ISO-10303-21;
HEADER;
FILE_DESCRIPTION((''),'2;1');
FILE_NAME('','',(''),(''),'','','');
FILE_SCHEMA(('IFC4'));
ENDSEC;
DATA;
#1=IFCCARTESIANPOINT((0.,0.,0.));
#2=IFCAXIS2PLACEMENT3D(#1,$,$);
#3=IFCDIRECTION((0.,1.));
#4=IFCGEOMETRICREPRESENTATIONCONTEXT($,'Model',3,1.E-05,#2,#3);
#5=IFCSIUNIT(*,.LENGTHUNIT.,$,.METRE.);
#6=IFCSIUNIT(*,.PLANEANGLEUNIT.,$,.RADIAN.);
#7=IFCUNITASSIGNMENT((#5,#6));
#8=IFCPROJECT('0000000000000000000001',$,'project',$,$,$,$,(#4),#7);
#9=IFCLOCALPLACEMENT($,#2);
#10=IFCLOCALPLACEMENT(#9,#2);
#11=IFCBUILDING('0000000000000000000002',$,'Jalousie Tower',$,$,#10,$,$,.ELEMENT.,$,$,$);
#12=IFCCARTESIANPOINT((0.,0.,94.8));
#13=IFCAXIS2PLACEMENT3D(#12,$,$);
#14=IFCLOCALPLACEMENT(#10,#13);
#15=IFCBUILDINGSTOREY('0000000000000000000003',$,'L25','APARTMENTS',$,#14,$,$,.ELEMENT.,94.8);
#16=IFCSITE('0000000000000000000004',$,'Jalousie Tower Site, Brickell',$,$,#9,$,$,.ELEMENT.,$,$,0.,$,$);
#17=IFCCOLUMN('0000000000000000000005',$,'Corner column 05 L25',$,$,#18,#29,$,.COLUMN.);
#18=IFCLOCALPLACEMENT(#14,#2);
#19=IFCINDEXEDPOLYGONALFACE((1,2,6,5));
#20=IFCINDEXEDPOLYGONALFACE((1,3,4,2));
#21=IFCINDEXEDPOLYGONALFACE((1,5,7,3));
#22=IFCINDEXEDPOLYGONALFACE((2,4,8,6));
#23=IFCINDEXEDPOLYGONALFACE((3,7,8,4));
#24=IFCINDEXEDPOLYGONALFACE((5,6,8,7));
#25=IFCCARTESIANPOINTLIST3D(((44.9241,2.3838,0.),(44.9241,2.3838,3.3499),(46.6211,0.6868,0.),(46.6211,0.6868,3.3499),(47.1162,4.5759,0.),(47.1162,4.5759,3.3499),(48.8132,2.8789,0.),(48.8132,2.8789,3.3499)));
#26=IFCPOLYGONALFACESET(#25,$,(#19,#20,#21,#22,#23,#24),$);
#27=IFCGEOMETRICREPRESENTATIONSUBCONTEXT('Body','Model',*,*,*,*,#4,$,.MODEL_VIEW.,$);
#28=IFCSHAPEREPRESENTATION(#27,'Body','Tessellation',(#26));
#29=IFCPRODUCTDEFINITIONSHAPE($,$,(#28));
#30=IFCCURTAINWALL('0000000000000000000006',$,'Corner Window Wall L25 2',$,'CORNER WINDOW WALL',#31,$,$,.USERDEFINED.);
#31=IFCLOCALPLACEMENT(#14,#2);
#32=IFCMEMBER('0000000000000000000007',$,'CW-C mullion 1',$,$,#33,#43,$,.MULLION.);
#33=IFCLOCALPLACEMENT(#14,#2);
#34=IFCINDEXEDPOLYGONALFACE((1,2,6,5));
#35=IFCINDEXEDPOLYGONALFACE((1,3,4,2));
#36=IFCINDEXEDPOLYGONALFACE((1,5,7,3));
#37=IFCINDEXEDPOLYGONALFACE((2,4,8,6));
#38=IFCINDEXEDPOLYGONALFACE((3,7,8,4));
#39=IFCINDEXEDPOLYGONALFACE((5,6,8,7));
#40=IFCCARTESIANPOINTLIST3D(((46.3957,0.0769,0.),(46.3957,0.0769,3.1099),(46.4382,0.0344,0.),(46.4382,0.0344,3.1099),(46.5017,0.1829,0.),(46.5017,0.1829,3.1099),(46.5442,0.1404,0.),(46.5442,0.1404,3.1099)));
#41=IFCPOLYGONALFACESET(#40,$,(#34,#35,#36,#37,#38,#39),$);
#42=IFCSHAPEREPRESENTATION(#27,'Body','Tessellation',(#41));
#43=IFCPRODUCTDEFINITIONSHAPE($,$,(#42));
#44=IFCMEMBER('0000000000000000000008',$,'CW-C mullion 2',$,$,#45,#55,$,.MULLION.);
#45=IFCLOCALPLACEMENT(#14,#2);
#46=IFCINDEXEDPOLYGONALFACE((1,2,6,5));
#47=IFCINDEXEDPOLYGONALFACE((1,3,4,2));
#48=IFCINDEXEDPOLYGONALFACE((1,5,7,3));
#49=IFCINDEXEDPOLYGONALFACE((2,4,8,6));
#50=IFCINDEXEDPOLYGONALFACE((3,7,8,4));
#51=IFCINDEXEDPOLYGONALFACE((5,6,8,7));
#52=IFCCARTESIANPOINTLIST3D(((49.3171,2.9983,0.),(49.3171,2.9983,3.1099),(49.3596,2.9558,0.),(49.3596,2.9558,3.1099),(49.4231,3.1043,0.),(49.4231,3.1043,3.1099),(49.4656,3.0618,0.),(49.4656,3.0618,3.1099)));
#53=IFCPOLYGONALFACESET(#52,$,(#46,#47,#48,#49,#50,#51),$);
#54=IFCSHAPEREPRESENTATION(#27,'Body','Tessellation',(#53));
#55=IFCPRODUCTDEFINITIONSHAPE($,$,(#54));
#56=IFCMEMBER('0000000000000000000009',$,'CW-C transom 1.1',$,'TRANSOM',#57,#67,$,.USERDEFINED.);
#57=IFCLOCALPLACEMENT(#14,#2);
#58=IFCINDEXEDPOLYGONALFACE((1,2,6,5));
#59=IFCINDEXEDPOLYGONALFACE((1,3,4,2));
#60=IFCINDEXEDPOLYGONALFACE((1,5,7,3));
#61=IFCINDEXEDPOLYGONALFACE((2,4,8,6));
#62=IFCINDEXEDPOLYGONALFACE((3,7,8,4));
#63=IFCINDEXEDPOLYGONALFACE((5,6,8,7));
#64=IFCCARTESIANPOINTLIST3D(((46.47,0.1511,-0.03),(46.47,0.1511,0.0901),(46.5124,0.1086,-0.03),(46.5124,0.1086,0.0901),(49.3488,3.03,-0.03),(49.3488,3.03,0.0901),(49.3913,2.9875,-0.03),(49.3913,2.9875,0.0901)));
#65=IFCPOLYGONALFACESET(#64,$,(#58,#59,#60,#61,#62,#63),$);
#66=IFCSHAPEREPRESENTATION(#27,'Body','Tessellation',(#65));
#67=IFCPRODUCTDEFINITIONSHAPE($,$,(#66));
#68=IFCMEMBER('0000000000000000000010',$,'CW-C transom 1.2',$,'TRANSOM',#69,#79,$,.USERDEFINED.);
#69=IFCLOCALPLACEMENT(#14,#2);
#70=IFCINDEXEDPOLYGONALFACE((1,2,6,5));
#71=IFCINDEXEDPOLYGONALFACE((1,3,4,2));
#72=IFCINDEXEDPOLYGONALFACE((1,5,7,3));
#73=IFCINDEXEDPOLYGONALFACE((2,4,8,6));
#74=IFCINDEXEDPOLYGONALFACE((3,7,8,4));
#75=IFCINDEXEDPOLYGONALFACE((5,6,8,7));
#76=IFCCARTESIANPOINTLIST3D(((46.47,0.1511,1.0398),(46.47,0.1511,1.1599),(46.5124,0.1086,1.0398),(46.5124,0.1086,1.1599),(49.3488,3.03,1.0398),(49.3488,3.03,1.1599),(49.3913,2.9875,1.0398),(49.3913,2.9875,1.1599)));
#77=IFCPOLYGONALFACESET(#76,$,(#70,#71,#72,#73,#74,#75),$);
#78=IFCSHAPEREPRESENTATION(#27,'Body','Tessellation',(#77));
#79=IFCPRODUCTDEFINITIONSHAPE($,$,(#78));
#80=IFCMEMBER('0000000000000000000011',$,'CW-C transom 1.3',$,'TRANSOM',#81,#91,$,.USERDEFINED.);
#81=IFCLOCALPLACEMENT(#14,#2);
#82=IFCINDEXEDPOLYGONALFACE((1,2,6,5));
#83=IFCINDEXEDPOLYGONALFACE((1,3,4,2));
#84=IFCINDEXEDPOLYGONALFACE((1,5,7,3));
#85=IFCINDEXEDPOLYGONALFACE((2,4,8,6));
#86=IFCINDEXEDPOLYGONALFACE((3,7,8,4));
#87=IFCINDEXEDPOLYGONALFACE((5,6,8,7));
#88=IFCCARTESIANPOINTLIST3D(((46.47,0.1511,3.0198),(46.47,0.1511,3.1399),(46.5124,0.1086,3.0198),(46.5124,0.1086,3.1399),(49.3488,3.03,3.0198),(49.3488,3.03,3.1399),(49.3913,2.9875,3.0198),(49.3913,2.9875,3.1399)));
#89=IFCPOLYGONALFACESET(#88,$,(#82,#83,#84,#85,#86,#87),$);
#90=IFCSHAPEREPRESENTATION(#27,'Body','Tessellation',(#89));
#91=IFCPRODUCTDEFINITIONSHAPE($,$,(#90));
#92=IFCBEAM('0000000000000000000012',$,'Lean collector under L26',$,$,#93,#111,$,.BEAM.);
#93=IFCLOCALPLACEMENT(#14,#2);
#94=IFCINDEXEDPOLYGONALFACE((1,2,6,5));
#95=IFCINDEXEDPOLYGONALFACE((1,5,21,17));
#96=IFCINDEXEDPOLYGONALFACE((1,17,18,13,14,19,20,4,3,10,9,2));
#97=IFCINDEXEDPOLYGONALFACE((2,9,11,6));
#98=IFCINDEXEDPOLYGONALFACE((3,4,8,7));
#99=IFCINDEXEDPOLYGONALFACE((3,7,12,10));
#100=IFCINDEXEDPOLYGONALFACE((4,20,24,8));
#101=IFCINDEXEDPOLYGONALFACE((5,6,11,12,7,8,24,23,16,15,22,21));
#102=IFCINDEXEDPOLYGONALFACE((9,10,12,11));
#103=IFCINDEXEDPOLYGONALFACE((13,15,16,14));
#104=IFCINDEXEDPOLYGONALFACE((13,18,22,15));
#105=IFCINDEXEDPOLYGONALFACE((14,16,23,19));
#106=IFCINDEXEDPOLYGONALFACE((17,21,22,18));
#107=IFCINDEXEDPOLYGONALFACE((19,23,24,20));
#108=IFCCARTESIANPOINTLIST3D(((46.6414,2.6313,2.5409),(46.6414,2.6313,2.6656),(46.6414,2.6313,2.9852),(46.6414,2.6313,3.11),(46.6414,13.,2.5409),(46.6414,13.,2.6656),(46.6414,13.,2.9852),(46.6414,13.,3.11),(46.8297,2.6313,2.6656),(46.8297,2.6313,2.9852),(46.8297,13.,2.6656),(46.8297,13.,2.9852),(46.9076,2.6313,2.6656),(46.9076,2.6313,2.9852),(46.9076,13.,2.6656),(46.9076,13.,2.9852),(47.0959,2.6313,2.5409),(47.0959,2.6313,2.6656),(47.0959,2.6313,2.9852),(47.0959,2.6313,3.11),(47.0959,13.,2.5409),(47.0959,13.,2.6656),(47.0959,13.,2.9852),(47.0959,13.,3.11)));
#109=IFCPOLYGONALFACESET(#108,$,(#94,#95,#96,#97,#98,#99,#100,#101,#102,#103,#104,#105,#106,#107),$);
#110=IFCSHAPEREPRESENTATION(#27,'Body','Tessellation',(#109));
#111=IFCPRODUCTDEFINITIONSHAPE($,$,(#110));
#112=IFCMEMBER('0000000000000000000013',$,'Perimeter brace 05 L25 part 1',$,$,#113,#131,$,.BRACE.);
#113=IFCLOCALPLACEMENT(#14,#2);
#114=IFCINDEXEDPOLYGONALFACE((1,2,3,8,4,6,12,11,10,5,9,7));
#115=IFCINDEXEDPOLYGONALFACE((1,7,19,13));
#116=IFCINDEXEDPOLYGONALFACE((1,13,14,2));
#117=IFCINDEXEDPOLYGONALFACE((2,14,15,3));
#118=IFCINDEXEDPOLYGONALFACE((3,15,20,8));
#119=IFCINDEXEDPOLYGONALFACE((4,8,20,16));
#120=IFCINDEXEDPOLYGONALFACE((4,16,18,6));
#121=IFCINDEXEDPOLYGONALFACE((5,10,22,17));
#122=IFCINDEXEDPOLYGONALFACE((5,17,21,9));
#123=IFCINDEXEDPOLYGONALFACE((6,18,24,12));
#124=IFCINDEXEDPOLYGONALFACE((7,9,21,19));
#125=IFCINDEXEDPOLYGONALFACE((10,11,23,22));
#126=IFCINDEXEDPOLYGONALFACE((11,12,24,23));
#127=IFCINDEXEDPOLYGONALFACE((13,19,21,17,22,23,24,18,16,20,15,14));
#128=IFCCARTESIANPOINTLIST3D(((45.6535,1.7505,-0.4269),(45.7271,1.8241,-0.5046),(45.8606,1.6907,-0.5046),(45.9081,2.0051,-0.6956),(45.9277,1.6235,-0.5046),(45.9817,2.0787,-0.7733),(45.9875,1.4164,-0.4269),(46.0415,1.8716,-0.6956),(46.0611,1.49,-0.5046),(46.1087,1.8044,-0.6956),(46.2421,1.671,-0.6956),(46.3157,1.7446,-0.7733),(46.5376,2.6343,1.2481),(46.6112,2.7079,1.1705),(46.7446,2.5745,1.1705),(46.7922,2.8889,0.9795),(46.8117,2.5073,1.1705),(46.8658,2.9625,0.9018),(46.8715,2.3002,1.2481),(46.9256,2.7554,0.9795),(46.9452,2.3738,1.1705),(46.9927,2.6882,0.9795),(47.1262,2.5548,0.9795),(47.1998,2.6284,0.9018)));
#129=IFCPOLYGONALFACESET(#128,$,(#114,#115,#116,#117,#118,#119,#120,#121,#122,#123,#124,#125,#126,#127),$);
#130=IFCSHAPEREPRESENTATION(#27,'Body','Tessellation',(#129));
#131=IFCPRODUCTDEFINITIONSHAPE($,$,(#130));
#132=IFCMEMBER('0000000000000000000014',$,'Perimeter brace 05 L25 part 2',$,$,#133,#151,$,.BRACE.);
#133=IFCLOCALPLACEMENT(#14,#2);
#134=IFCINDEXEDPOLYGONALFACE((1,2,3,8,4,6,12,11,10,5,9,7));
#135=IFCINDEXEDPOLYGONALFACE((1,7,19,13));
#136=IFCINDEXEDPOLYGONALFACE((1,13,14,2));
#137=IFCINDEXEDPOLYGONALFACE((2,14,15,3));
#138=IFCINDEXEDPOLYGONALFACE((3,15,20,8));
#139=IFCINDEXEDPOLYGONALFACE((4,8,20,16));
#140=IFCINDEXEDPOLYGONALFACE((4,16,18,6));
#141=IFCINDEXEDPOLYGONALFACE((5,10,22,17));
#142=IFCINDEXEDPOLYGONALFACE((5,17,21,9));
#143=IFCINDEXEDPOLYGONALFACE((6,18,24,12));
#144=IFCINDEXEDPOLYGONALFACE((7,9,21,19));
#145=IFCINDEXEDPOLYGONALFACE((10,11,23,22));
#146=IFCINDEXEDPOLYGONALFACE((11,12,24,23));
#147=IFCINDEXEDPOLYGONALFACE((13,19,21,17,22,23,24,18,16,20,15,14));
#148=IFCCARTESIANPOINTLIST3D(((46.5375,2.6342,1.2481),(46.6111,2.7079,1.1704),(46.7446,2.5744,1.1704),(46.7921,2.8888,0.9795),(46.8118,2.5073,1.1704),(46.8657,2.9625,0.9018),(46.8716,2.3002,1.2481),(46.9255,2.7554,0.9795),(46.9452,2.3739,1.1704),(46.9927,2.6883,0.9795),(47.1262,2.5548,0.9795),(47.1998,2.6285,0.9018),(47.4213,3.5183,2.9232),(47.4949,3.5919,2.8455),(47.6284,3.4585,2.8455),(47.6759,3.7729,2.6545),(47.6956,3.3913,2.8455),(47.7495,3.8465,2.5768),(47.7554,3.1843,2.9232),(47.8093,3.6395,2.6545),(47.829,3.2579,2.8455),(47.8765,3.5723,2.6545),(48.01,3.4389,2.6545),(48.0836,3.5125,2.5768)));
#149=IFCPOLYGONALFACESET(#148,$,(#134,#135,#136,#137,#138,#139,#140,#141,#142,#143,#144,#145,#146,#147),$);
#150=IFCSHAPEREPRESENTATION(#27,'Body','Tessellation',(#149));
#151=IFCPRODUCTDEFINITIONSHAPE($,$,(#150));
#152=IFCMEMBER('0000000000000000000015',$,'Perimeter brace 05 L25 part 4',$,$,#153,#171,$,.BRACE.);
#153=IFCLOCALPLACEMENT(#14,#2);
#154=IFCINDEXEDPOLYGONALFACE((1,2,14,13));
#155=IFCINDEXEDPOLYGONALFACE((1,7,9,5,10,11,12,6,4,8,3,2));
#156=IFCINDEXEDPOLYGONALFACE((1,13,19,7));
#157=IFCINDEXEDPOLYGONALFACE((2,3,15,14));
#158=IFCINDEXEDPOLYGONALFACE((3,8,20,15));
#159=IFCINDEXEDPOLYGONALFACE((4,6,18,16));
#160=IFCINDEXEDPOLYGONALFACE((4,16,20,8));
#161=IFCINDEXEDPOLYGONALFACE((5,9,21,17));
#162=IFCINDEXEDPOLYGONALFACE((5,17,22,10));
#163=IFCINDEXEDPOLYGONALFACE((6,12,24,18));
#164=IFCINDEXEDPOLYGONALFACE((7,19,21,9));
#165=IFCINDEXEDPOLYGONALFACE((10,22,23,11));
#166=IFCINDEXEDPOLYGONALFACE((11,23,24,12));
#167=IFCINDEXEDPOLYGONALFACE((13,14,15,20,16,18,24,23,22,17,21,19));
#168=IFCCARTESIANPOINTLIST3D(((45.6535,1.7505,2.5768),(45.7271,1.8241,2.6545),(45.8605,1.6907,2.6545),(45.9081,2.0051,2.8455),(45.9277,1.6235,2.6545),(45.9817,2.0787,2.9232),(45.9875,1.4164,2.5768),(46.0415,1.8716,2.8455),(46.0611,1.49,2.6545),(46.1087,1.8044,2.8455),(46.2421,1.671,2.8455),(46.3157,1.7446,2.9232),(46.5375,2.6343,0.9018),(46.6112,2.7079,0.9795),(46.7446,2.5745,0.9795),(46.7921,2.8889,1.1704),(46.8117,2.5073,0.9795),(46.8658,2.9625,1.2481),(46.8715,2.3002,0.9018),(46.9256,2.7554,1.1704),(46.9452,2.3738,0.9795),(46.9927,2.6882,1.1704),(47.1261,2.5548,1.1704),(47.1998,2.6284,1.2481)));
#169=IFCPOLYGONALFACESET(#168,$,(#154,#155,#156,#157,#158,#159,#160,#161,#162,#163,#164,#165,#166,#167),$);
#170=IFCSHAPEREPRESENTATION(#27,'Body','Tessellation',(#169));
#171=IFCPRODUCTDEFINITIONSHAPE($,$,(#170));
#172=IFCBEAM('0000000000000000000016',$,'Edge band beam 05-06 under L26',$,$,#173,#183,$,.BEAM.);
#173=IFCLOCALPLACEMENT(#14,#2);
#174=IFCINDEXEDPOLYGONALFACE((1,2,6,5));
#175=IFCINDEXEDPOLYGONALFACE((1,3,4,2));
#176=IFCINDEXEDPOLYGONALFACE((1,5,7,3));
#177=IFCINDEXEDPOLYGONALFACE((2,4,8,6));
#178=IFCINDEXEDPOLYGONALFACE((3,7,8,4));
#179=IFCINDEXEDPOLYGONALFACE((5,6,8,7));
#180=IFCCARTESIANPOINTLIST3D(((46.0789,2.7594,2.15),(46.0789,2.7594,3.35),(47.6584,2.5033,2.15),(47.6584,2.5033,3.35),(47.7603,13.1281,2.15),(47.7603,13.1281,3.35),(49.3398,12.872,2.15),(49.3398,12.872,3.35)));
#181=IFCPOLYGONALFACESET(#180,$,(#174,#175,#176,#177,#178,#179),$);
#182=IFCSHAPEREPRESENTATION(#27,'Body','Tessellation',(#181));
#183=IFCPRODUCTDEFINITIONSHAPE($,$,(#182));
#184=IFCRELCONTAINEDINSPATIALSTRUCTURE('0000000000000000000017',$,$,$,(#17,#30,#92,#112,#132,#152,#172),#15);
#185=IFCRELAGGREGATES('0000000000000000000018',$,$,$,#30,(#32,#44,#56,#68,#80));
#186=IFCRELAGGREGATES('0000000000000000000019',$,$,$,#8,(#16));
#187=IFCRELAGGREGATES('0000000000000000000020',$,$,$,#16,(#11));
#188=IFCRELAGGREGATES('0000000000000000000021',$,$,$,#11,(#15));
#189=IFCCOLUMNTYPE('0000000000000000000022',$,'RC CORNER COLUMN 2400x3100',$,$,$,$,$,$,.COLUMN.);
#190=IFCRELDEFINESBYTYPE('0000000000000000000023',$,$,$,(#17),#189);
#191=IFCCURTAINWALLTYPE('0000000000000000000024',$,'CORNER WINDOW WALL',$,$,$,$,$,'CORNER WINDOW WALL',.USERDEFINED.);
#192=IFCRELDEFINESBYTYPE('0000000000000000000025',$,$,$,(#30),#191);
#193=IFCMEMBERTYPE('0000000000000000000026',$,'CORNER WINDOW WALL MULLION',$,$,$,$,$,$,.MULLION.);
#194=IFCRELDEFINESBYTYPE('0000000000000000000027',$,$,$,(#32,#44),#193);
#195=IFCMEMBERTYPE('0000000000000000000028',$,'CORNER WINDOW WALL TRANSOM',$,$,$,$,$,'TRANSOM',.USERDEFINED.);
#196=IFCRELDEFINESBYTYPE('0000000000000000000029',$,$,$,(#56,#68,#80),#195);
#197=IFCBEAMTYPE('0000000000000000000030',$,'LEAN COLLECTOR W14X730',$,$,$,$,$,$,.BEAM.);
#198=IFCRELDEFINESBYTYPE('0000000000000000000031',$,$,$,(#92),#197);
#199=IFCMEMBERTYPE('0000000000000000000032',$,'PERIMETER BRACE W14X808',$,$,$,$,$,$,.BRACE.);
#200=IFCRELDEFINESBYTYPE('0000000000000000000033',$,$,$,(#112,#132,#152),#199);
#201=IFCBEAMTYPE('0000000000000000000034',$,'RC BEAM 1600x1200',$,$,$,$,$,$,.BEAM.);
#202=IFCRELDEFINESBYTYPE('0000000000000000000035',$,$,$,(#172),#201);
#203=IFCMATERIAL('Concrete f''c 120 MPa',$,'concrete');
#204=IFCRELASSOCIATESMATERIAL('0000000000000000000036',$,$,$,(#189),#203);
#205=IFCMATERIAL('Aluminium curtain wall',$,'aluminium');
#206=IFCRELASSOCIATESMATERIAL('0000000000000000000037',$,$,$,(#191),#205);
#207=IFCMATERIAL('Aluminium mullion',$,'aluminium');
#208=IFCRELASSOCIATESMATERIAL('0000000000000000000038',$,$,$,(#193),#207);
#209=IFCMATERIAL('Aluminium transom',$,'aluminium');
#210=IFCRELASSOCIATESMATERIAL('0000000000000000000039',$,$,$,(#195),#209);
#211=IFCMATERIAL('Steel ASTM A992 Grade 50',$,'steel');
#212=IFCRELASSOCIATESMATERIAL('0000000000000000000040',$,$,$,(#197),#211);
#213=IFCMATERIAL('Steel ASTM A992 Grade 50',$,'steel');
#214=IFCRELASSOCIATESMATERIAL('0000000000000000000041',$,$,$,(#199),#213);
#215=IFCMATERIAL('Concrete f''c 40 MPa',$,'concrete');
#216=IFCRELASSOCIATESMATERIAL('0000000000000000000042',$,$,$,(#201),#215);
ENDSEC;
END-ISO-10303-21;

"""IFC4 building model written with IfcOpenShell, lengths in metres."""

from ifc_helpers import new_model, si_unit, direction, frame, origin, origin_2d, place, context, subcontext, project, spatial, rectangle, i_section, extrude, material, material_profile, profile_set, type_object, element, aggregate, save


model = new_model("IFC4")

# Units and contexts
model_context = context("Model", 3, precision=1e-05, world=origin(), true_north=direction((0.0, 1.0)))
body_context = subcontext(model_context, "Body", "Model", "MODEL_VIEW")
ifc_project = project(units=[si_unit("LENGTHUNIT", "METRE"), si_unit("PLANEANGLEUNIT", "RADIAN")], contexts=[model_context])

# Site, building, storey
site_placement = place(None, origin())
site = spatial("IfcSite", under=ifc_project, at=site_placement, Name="Jalousie Tower Site, Brickell", CompositionType="ELEMENT", RefElevation=0.0)
building_placement = place(site_placement, origin())
building = spatial("IfcBuilding", under=site, at=building_placement, Name="Jalousie Tower", CompositionType="ELEMENT")
storey_placement = place(building_placement, frame((0.0, 0.0, 94.8)))
storey = spatial("IfcBuildingStorey", under=building, at=storey_placement, Name="L25", Description="APARTMENTS", CompositionType="ELEMENT", Elevation=94.8)

# Column
ifc_material_1 = material(Name="Concrete f'c 120 MPa", Category="concrete")
ifc_material_profile_1 = material_profile(ifc_material_1, rectangle(XDim=2.3999, YDim=3.1001, at=origin_2d()), Name="RC 2400x3100")
ifc_profile_set_1 = profile_set([ifc_material_profile_1], Name="Concrete f'c 120 MPa")
column_type = type_object("IfcColumnType", Name="RC CORNER COLUMN 2400x3100", PredefinedType="COLUMN", material=ifc_profile_set_1)
column_placement = place(storey_placement, frame((46.8687, 2.6313, 0.0), z_axis=(0.0, 0.0, 1.0), x_axis=(-0.707107, 0.707107, 0.0)))
element("IfcColumn", 1, at=column_placement, inside=storey, type_object=column_type, Name="Corner column 05 L25", PredefinedType="COLUMN", context=body_context, shape_type="SweptSolid", body=[
    extrude(rectangle(XDim=2.3999, YDim=3.1001, at=origin_2d()), origin(), (0.0, 0.0, 1.0), 3.3499),
])

# Curtain wall, members
ifc_material_2 = material(Name="Aluminium curtain wall", Category="aluminium")
curtain_wall_type_1 = type_object("IfcCurtainWallType", Name="CORNER WINDOW WALL", ElementType="CORNER WINDOW WALL", PredefinedType="USERDEFINED", material=ifc_material_2)
curtain_wall_1_placement = place(storey_placement, origin())
curtain_wall_1 = element("IfcCurtainWall", 2, at=curtain_wall_1_placement, inside=storey, type_object=curtain_wall_type_1, Name="Corner Window Wall L25 2", ObjectType="CORNER WINDOW WALL", PredefinedType="USERDEFINED")
ifc_material_3 = material(Name="Aluminium mullion", Category="aluminium")
ifc_material_profile_2 = material_profile(ifc_material_3, rectangle(XDim=0.0601, YDim=0.1499, at=origin_2d()), Name="MULLION 60x150")
ifc_profile_set_2 = profile_set([ifc_material_profile_2], Name="Aluminium mullion")
member_type_1 = type_object("IfcMemberType", Name="CORNER WINDOW WALL MULLION", PredefinedType="MULLION", material=ifc_profile_set_2)
member_1_placement = place(storey_placement, frame((46.47, 0.1086, 0.0), z_axis=(0.0, 0.0, 1.0), x_axis=(-0.707107, 0.707107, 0.0)))
member_1 = element("IfcMember", 3, at=member_1_placement, type_object=member_type_1, Name="CW-C mullion 1", PredefinedType="MULLION", context=body_context, shape_type="SweptSolid", body=[
    extrude(rectangle(XDim=0.0601, YDim=0.1499, at=origin_2d()), origin(), (0.0, 0.0, 1.0), 3.1099),
])
member_2_placement = place(storey_placement, frame((49.3914, 3.03, 0.0), z_axis=(0.0, 0.0, 1.0), x_axis=(-0.707107, 0.707107, 0.0)))
member_2 = element("IfcMember", 4, at=member_2_placement, type_object=member_type_1, Name="CW-C mullion 2", PredefinedType="MULLION", context=body_context, shape_type="SweptSolid", body=[
    extrude(rectangle(XDim=0.0601, YDim=0.1499, at=origin_2d()), origin(), (0.0, 0.0, 1.0), 3.1099),
])
ifc_material_4 = material(Name="Aluminium transom", Category="aluminium")
ifc_material_profile_3 = material_profile(ifc_material_4, rectangle(XDim=0.0601, YDim=0.1201, at=origin_2d()), Name="TRANSOM 60x120")
ifc_profile_set_3 = profile_set([ifc_material_profile_3], Name="Aluminium transom")
member_type_2 = type_object("IfcMemberType", Name="CORNER WINDOW WALL TRANSOM", ElementType="TRANSOM", PredefinedType="USERDEFINED", material=ifc_profile_set_3)
member_3_placement = place(storey_placement, frame((46.4912, 0.1299, 0.03), z_axis=(0.707107, 0.707107, 0.0), x_axis=(-0.707107, 0.707107, 0.0)))
member_3 = element("IfcMember", 5, at=member_3_placement, type_object=member_type_2, Name="CW-C transom 1.1", ObjectType="TRANSOM", PredefinedType="USERDEFINED", context=body_context, shape_type="SweptSolid", body=[
    extrude(rectangle(XDim=0.0601, YDim=0.1201, at=origin_2d()), origin(), (0.0, 0.0, 1.0), 4.0713),
])
member_4_placement = place(storey_placement, frame((46.4912, 0.1299, 1.0999), z_axis=(0.707107, 0.707107, 0.0), x_axis=(-0.707107, 0.707107, 0.0)))
member_4 = element("IfcMember", 6, at=member_4_placement, type_object=member_type_2, Name="CW-C transom 1.2", ObjectType="TRANSOM", PredefinedType="USERDEFINED", context=body_context, shape_type="SweptSolid", body=[
    extrude(rectangle(XDim=0.0601, YDim=0.1201, at=origin_2d()), origin(), (0.0, 0.0, 1.0), 4.0713),
])
member_5_placement = place(storey_placement, frame((46.4912, 0.1299, 3.0798), z_axis=(0.707107, 0.707107, 0.0), x_axis=(-0.707107, 0.707107, 0.0)))
member_5 = element("IfcMember", 7, at=member_5_placement, type_object=member_type_2, Name="CW-C transom 1.3", ObjectType="TRANSOM", PredefinedType="USERDEFINED", context=body_context, shape_type="SweptSolid", body=[
    extrude(rectangle(XDim=0.0601, YDim=0.1201, at=origin_2d()), origin(), (0.0, 0.0, 1.0), 4.0713),
])

# Beam
ifc_material_5 = material(Name="Steel ASTM A992 Grade 50", Category="steel")
ifc_material_profile_4 = material_profile(ifc_material_5, i_section(OverallWidth=0.4546, OverallDepth=0.5691, WebThickness=0.0779, FlangeThickness=0.1248, at=origin_2d()), Name="W14X730")
ifc_profile_set_4 = profile_set([ifc_material_profile_4], Name="Steel ASTM A992 Grade 50")
beam_type_1 = type_object("IfcBeamType", Name="LEAN COLLECTOR W14X730", PredefinedType="BEAM", material=ifc_profile_set_4)
beam_1_placement = place(storey_placement, frame((46.8687, 2.6313, 2.8254), z_axis=(0.0, 1.0, 0.0), x_axis=(-1.0, 0.0, 0.0)))
element("IfcBeam", 8, at=beam_1_placement, inside=storey, type_object=beam_type_1, Name="Lean collector under L26", PredefinedType="BEAM", context=body_context, shape_type="SweptSolid", body=[
    extrude(i_section(OverallWidth=0.4546, OverallDepth=0.5691, WebThickness=0.0779, FlangeThickness=0.1248, at=origin_2d()), origin(), (0.0, 0.0, 1.0), 10.3687),
])

# Members
ifc_material_6 = material(Name="Steel ASTM A992 Grade 50", Category="steel")
ifc_material_profile_5 = material_profile(ifc_material_6, i_section(OverallWidth=0.4724, OverallDepth=0.5791, WebThickness=0.095, FlangeThickness=0.1299, at=origin_2d()), Name="W14X808")
ifc_profile_set_5 = profile_set([ifc_material_profile_5], Name="Steel ASTM A992 Grade 50")
member_type_3 = type_object("IfcMemberType", Name="PERIMETER BRACE W14X808", PredefinedType="BRACE", material=ifc_profile_set_5)
for number, where, z_axis, x_axis, name in (
    (9, (45.9846, 1.7476, -0.6001), (0.422969, 0.422852, 0.801432), (-0.707009, 0.707204, 0.0), "Perimeter brace 05 L25 part 1"),
    (10, (46.8687, 2.6313, 1.075), (0.422852, 0.422969, 0.801432), (-0.707204, 0.707009, 0.0), "Perimeter brace 05 L25 part 2"),
    (11, (46.8687, 2.6313, 1.075), (-0.422969, -0.422852, 0.801432), (0.707009, -0.707204, 0.0), "Perimeter brace 05 L25 part 4"),
):
    element("IfcMember", number, at=place(storey_placement, frame(where, z_axis=z_axis, x_axis=x_axis)), inside=storey, type_object=member_type_3, Name=name, PredefinedType="BRACE", context=body_context, shape_type="SweptSolid", body=[
        extrude(i_section(OverallWidth=0.4724, OverallDepth=0.5791, WebThickness=0.095, FlangeThickness=0.1299, at=origin_2d()), origin(), (0.0, 0.0, 1.0), 2.0901),
    ])

# Beam
ifc_material_7 = material(Name="Concrete f'c 40 MPa", Category="concrete")
ifc_material_profile_6 = material_profile(ifc_material_7, rectangle(XDim=1.6001, YDim=1.2, at=origin_2d()), Name="RC 1600x1200")
ifc_profile_set_6 = profile_set([ifc_material_profile_6], Name="Concrete f'c 40 MPa")
beam_type_2 = type_object("IfcBeamType", Name="RC BEAM 1600x1200", PredefinedType="BEAM", material=ifc_profile_set_6)
beam_2_placement = place(storey_placement, frame((46.8687, 2.6313, 2.75), z_axis=(0.160071, 0.987106, 0.0), x_axis=(-0.987106, 0.160071, 0.0)))
element("IfcBeam", 12, at=beam_2_placement, inside=storey, type_object=beam_type_2, Name="Edge band beam 05-06 under L26", PredefinedType="BEAM", context=body_context, shape_type="SweptSolid", body=[
    extrude(rectangle(XDim=1.6001, YDim=1.2, at=origin_2d()), origin(), (0.0, 0.0, 1.0), 10.5042),
])

aggregate(curtain_wall_1, [member_1, member_2, member_3, member_4, member_5])

save(model, "model.ifc")
